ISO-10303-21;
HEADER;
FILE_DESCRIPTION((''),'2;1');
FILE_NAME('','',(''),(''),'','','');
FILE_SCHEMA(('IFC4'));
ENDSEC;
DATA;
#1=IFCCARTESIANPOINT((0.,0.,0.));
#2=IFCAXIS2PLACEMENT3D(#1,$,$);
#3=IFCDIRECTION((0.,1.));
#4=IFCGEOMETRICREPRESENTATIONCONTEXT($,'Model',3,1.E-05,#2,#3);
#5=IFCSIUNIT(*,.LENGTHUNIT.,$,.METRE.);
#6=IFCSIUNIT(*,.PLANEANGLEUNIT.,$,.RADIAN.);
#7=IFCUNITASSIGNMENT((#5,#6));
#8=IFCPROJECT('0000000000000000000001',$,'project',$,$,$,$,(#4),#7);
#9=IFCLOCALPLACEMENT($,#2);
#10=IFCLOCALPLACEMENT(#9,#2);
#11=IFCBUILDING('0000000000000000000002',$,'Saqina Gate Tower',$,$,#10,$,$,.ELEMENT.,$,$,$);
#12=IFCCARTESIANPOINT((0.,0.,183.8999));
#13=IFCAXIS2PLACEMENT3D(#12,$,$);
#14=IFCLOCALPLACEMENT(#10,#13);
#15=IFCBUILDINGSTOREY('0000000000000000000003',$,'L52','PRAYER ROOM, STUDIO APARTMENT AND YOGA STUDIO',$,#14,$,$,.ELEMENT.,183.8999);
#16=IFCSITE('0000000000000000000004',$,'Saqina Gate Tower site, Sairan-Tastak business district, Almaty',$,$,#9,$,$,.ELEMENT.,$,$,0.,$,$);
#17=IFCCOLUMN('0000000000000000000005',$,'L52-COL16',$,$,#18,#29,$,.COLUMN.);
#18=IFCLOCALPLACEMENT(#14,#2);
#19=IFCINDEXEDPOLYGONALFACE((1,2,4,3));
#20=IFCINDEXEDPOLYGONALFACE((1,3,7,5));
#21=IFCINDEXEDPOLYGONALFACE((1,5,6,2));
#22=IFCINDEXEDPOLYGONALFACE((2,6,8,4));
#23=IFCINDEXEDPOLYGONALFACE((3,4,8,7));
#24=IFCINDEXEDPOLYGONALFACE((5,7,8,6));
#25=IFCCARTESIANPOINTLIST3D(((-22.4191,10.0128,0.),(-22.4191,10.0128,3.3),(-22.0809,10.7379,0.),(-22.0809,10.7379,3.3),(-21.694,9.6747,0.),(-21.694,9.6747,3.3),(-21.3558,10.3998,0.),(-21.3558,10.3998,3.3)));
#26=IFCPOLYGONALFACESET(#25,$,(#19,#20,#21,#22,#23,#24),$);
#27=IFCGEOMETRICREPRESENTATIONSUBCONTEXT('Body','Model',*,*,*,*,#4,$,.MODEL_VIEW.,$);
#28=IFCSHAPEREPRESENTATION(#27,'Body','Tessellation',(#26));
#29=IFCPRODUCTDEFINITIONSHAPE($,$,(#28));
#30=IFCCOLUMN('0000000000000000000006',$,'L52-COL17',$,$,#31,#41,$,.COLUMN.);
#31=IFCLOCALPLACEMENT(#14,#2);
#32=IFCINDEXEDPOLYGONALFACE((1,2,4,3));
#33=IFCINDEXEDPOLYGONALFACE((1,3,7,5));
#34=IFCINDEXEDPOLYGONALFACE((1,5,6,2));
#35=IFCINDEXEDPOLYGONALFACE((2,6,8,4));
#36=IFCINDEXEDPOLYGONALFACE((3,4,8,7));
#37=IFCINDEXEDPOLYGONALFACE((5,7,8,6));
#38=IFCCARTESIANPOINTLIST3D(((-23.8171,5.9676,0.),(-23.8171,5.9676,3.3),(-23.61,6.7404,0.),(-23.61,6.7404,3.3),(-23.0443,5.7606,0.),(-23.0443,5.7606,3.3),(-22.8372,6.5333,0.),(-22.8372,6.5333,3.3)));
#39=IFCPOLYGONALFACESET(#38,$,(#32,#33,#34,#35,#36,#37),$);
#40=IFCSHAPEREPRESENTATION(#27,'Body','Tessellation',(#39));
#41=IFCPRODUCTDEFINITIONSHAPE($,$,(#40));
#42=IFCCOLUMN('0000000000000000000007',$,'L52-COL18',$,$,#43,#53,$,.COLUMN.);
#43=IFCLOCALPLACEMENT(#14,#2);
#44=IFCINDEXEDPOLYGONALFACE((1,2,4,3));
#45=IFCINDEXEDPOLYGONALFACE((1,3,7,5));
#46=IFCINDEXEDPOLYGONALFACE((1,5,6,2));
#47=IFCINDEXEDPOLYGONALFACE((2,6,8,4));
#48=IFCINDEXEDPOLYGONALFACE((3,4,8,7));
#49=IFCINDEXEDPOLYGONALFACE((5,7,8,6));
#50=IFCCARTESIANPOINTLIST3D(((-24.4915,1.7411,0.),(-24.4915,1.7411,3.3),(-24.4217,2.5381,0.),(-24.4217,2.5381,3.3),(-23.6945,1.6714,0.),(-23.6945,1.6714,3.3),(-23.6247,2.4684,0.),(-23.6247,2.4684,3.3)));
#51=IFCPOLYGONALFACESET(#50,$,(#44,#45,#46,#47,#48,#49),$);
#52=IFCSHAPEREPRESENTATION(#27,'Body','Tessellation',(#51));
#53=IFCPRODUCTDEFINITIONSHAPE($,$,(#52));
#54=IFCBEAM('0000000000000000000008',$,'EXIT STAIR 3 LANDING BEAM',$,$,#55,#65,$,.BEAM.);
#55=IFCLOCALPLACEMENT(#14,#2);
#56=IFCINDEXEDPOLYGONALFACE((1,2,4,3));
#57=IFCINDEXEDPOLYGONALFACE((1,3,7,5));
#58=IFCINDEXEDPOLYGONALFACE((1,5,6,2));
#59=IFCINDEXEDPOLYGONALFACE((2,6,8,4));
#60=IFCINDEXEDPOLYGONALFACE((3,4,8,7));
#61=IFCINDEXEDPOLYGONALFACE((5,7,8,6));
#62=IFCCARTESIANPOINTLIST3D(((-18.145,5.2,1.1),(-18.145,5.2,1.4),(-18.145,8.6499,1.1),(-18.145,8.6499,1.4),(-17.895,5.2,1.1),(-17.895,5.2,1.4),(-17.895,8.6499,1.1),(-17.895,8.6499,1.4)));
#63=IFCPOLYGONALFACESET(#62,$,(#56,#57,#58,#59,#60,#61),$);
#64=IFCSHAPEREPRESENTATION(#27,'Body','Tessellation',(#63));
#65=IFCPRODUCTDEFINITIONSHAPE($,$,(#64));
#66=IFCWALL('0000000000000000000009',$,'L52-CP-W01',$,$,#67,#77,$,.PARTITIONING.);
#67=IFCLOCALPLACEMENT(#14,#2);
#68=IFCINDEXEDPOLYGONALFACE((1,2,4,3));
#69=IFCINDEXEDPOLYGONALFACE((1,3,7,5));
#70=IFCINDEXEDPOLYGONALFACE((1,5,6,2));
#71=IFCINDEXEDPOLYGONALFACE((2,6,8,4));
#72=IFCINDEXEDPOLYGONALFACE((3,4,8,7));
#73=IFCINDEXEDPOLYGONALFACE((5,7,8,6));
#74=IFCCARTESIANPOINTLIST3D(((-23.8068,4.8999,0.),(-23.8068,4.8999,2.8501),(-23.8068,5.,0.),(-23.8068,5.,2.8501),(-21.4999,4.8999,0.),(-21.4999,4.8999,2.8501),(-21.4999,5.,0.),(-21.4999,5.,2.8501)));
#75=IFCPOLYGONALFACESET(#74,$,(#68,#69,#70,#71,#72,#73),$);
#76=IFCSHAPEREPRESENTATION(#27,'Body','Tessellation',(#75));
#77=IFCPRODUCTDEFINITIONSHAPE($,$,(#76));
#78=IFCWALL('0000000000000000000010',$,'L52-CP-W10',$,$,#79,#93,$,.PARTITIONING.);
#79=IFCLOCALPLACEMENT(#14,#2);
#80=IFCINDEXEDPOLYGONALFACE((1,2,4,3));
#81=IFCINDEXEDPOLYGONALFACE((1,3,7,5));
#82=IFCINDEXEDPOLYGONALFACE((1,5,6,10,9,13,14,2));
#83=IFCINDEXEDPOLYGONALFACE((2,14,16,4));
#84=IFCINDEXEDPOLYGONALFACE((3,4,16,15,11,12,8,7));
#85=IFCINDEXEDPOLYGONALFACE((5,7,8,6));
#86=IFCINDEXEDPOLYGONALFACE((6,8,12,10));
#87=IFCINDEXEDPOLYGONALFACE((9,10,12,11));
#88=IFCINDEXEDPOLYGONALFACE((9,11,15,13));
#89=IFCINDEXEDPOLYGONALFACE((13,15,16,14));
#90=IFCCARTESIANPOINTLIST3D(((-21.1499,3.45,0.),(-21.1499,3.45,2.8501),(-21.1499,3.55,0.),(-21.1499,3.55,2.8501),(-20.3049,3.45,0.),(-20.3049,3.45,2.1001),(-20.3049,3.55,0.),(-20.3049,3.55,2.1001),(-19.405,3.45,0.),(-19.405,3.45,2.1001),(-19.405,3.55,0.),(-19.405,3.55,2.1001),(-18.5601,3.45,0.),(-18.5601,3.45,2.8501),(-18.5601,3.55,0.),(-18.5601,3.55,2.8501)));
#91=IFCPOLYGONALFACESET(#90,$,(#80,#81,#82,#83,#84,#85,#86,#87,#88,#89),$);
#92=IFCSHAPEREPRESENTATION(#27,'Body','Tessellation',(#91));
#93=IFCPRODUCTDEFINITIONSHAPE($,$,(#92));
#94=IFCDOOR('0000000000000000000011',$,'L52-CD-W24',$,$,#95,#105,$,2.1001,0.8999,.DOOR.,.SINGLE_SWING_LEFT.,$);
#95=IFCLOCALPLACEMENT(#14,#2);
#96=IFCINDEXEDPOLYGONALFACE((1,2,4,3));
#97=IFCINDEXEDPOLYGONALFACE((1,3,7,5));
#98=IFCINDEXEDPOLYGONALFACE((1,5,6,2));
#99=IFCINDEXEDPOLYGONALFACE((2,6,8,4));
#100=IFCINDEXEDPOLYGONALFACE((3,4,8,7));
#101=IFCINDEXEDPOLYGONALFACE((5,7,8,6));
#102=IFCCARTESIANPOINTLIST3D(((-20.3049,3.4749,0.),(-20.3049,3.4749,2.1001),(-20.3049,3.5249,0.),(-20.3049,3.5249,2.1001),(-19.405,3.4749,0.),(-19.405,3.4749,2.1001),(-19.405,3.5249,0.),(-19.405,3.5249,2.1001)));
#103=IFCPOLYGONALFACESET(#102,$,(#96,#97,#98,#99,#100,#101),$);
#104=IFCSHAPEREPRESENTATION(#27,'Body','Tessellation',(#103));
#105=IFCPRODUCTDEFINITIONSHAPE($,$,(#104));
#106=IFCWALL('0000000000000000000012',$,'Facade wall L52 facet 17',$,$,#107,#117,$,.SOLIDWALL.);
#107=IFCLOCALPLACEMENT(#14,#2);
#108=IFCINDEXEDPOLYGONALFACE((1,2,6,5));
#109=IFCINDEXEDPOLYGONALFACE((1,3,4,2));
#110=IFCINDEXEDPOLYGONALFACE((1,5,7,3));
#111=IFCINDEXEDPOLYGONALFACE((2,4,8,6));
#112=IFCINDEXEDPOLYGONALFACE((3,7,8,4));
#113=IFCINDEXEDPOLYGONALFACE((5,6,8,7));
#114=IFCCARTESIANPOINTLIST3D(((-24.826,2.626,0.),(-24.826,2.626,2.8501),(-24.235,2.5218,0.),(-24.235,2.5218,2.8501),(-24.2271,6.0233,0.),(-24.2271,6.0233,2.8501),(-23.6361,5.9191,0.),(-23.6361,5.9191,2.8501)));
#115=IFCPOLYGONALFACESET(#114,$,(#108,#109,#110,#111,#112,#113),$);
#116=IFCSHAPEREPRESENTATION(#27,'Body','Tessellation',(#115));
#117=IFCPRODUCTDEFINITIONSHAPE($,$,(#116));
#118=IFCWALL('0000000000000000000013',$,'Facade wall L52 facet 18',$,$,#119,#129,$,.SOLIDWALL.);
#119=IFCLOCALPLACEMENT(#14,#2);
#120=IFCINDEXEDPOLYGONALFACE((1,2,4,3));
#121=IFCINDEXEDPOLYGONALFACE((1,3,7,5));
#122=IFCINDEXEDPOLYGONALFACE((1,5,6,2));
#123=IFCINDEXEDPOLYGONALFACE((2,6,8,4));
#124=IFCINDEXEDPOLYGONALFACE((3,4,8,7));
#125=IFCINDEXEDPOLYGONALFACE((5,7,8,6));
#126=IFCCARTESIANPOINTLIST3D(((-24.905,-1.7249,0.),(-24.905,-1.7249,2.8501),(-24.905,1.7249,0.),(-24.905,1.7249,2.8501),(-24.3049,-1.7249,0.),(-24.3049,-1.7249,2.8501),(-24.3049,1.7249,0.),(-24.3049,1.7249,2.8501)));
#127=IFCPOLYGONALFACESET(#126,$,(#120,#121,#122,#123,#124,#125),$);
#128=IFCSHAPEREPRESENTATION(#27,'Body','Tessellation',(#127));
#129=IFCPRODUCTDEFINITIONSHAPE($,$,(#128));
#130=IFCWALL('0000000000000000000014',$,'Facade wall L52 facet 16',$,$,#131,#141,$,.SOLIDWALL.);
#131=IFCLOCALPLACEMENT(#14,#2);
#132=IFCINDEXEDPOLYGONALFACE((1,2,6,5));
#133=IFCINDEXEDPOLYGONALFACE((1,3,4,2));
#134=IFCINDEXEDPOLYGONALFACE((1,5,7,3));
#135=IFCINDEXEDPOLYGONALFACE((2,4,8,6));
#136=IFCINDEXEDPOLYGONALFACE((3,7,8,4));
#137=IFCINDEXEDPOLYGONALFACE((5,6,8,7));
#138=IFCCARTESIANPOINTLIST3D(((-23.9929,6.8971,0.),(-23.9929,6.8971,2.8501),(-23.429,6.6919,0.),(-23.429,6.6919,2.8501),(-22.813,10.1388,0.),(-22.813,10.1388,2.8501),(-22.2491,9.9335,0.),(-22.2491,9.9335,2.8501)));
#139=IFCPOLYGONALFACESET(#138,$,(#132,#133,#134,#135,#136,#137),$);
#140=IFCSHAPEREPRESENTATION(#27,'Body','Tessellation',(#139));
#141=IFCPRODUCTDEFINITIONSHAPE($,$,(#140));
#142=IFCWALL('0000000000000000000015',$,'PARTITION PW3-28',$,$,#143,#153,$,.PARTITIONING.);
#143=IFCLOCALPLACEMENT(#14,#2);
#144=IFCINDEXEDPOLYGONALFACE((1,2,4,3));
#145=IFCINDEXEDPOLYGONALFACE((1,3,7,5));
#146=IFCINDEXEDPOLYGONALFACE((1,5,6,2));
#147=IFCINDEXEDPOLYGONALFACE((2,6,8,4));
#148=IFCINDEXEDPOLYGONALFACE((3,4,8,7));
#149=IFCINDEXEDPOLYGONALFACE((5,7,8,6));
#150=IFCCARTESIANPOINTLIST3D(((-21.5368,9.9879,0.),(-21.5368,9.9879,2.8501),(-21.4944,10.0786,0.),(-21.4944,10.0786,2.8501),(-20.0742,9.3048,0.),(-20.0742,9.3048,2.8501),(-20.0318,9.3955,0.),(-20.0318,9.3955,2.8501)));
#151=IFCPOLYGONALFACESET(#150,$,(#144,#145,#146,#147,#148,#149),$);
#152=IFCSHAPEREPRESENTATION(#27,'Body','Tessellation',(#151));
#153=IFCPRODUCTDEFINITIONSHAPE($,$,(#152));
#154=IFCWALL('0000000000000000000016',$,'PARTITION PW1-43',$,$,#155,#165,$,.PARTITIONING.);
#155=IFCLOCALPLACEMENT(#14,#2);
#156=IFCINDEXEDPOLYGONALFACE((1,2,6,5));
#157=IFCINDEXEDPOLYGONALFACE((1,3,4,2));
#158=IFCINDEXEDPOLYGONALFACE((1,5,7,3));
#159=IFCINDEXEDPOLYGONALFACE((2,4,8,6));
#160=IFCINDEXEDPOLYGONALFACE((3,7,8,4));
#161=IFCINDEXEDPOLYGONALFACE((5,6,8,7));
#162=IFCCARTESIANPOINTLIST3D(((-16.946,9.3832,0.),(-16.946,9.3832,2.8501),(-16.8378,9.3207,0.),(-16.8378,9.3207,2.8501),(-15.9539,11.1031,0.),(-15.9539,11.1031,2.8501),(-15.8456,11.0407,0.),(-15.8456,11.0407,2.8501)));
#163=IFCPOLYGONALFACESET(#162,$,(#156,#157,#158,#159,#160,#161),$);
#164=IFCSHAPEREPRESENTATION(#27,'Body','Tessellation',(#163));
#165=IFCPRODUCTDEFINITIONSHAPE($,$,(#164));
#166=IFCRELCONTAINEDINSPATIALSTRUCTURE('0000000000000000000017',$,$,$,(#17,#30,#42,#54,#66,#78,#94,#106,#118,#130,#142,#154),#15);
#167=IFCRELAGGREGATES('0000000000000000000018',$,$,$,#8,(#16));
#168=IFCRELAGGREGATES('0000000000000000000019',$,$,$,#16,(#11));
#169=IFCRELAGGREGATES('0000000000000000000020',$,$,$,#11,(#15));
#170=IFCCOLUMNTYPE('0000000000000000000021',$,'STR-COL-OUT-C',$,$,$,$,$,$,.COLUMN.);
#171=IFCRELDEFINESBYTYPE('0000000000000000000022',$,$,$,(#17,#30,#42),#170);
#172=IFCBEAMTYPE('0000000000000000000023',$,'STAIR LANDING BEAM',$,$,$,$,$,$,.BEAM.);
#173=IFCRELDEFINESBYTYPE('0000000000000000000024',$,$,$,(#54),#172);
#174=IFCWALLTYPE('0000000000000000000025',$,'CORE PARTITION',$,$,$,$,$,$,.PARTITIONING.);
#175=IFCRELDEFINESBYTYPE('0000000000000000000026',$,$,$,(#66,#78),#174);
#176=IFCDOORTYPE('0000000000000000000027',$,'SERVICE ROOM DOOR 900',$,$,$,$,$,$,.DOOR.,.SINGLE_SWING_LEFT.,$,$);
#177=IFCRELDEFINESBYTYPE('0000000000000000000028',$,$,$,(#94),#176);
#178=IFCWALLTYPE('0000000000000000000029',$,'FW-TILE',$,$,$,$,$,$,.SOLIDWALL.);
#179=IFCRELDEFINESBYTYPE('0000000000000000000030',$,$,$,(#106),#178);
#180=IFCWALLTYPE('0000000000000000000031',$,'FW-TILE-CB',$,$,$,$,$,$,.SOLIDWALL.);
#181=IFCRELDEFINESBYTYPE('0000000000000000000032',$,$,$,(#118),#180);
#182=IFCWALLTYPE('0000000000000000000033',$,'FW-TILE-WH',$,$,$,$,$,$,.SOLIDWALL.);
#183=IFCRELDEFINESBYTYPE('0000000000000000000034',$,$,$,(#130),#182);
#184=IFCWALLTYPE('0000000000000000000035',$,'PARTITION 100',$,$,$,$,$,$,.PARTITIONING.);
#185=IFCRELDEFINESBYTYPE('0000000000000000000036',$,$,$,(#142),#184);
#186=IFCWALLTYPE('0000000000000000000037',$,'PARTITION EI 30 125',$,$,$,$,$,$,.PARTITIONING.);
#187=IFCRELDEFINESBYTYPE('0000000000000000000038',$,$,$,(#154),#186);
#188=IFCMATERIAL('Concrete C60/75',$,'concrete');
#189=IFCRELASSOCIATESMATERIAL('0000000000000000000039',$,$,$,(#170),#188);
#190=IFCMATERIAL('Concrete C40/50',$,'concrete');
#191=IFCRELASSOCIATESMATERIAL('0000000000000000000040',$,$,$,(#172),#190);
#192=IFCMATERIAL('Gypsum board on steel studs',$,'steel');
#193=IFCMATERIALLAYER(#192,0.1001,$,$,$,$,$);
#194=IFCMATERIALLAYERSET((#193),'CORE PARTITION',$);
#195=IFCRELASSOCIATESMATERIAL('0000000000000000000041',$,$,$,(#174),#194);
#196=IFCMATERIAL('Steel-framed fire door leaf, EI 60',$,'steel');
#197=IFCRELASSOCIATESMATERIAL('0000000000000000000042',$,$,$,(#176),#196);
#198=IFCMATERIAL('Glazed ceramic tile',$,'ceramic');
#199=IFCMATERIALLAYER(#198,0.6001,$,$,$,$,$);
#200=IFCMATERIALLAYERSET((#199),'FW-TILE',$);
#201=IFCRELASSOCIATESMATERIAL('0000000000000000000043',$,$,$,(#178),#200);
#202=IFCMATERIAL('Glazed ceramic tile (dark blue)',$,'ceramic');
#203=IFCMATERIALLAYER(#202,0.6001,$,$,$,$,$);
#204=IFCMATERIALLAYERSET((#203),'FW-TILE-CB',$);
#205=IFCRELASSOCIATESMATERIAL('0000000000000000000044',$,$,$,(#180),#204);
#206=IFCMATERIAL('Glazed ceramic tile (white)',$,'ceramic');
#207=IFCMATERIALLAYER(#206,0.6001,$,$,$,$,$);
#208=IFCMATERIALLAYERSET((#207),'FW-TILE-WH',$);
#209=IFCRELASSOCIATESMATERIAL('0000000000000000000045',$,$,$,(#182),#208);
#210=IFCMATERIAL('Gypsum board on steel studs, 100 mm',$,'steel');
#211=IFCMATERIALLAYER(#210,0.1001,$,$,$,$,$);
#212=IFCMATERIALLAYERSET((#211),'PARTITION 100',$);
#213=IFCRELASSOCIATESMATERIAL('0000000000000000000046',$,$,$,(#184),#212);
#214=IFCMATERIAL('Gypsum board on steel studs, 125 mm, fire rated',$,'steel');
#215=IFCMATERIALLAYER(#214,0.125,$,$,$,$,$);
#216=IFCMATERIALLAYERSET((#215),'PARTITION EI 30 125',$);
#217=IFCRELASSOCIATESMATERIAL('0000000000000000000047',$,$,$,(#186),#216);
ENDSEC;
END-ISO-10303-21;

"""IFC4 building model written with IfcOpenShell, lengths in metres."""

from ifc_helpers import new_model, si_unit, direction, frame, frame_2d, origin, origin_2d, place, context, subcontext, project, spatial, rectangle, extrude, material, layer, layer_set, material_profile, profile_set, type_object, element, fill, save


model = new_model("IFC4")

# Units and contexts
model_context = context("Model", 3, precision=1e-05, world=origin(), true_north=direction((0.0, 1.0)))
body_context = subcontext(model_context, "Body", "Model", "MODEL_VIEW")
ifc_project = project(units=[si_unit("LENGTHUNIT", "METRE"), si_unit("PLANEANGLEUNIT", "RADIAN")], contexts=[model_context])

# Site, building, storey
site_placement = place(None, origin())
site = spatial("IfcSite", under=ifc_project, at=site_placement, Name="Saqina Gate Tower site, Sairan-Tastak business district, Almaty", CompositionType="ELEMENT", RefElevation=0.0)
building_placement = place(site_placement, origin())
building = spatial("IfcBuilding", under=site, at=building_placement, Name="Saqina Gate Tower", CompositionType="ELEMENT")
storey_placement = place(building_placement, frame((0.0, 0.0, 183.8999)))
storey = spatial("IfcBuildingStorey", under=building, at=storey_placement, Name="L52", Description="PRAYER ROOM, STUDIO APARTMENT AND YOGA STUDIO", CompositionType="ELEMENT", Elevation=183.8999)

# Columns
ifc_material_1 = material(Name="Concrete C60/75", Category="concrete")
ifc_material_profile_1 = material_profile(ifc_material_1, rectangle(XDim=0.8, YDim=0.8, at=origin_2d()), Name="RC 800x800")
ifc_profile_set_1 = profile_set([ifc_material_profile_1], Name="Concrete C60/75")
column_type = type_object("IfcColumnType", Name="STR-COL-OUT-C", PredefinedType="COLUMN", material=ifc_profile_set_1)
for number, where, z_axis, x_axis, name in (
    (1, (-21.8875, 10.2063, 0.0), (0.0, 0.0, 1.0), (-0.906308, 0.422618, 0.0), "L52-COL16"),
    (2, (-23.3271, 6.2505, 0.0), (0.0, 0.0, 1.0), (-0.965926, 0.258819, 0.0), "L52-COL17"),
    (3, (-24.0581, 2.1047, 0.0), (0.0, 0.0, 1.0), (-0.996195, 0.087156, 0.0), "L52-COL18"),
):
    element("IfcColumn", number, at=place(storey_placement, frame(where, z_axis=z_axis, x_axis=x_axis)), inside=storey, type_object=column_type, Name=name, PredefinedType="COLUMN", context=body_context, shape_type="SweptSolid", body=[
        extrude(rectangle(XDim=0.8, YDim=0.8, at=origin_2d()), origin(), (0.0, 0.0, 1.0), 3.3),
    ])

# Beam
ifc_material_2 = material(Name="Concrete C40/50", Category="concrete")
ifc_material_profile_2 = material_profile(ifc_material_2, rectangle(XDim=0.25, YDim=0.3, at=origin_2d()), Name="STAIR LANDING BEAM")
ifc_profile_set_2 = profile_set([ifc_material_profile_2], Name="Concrete C40/50")
beam_type = type_object("IfcBeamType", Name="STAIR LANDING BEAM", PredefinedType="BEAM", material=ifc_profile_set_2)
beam_placement = place(storey_placement, frame((-18.02, 5.2, 1.25), z_axis=(0.0, 1.0, 0.0), x_axis=(-1.0, 0.0, 0.0)))
element("IfcBeam", 4, at=beam_placement, inside=storey, type_object=beam_type, Name="EXIT STAIR 3 LANDING BEAM", PredefinedType="BEAM", context=body_context, shape_type="SweptSolid", body=[
    extrude(rectangle(XDim=0.25, YDim=0.3, at=origin_2d()), origin(), (0.0, 0.0, 1.0), 3.45),
])

# Wall
ifc_material_3 = material(Name="Gypsum board on steel studs", Category="steel")
ifc_layer_1 = layer(ifc_material_3, 0.1001)
ifc_layer_set_1 = layer_set([ifc_layer_1], Name="CORE PARTITION")
wall_type_1 = type_object("IfcWallType", Name="CORE PARTITION", PredefinedType="PARTITIONING", material=ifc_layer_set_1)
wall_1_placement = place(storey_placement, frame((-21.5, 4.95, 0.0), z_axis=(0.0, 0.0, 1.0), x_axis=(-1.0, 0.0, 0.0)))
element("IfcWall", 5, at=wall_1_placement, inside=storey, type_object=wall_type_1, Name="L52-CP-W01", PredefinedType="PARTITIONING", context=body_context, shape_type="SweptSolid", body=[
    extrude(rectangle(XDim=2.3069, YDim=0.1001, at=frame_2d((1.1533, 0.0))), origin(), (0.0, 0.0, 1.0), 2.8501),
])

# Wall, opening, door
wall_2_placement = place(storey_placement, frame((-18.5601, 3.5, 0.0), z_axis=(0.0, 0.0, 1.0), x_axis=(-1.0, 0.0, 0.0)))
wall_2 = element("IfcWall", 6, at=wall_2_placement, inside=storey, type_object=wall_type_1, Name="L52-CP-W10", PredefinedType="PARTITIONING", context=body_context, shape_type="SweptSolid", body=[
    extrude(rectangle(XDim=2.5898, YDim=0.1001, at=frame_2d((1.2949, 0.0))), origin(), (0.0, 0.0, 1.0), 2.8501),
])
opening_1_placement = place(wall_2_placement, frame((0.845, 0.0, 0.0)))
opening_1 = element("IfcOpeningElement", 7, at=opening_1_placement, cuts=wall_2, PredefinedType="OPENING", context=body_context, shape_type="SweptSolid", body=[
    extrude(rectangle(XDim=0.8999, YDim=2.1001, at=frame_2d((0.45, 1.05))), frame((0.0, 0.062, 0.0), z_axis=(0.0, -1.0, 0.0), x_axis=(1.0, 0.0, 0.0)), (0.0, 0.0, 1.0), 0.124),
])
ifc_material_4 = material(Name="Steel-framed fire door leaf, EI 60", Category="steel")
door_type_1 = type_object("IfcDoorType", Name="SERVICE ROOM DOOR 900", OperationType="SINGLE_SWING_LEFT", PredefinedType="DOOR", material=ifc_material_4)
door_1_placement = place(opening_1_placement, frame((0.8999, 0.0, 0.0), z_axis=(0.0, 0.0, 1.0), x_axis=(-1.0, 0.0, 0.0)))
door_1 = element("IfcDoor", 8, at=door_1_placement, inside=storey, type_object=door_type_1, Name="L52-CD-W24", OperationType="SINGLE_SWING_LEFT", OverallHeight=2.1001, OverallWidth=0.8999, PredefinedType="DOOR", context=body_context, shape_type="SweptSolid", body=[
    extrude(rectangle(XDim=0.8999, YDim=2.1001, at=frame_2d((0.45, 1.05))), frame((0.0, 0.0249, 0.0), z_axis=(0.0, -1.0, 0.0), x_axis=(1.0, 0.0, 0.0)), (0.0, 0.0, 1.0), 0.05),
])
fill(opening_1, door_1)

# Walls
ifc_material_5 = material(Name="Glazed ceramic tile", Category="ceramic")
ifc_layer_2 = layer(ifc_material_5, 0.6001)
ifc_layer_set_2 = layer_set([ifc_layer_2], Name="FW-TILE")
wall_type_2 = type_object("IfcWallType", Name="FW-TILE", PredefinedType="SOLIDWALL", material=ifc_layer_set_2)
wall_3_placement = place(storey_placement, frame((-23.9316, 5.9712, 0.0), z_axis=(0.0, 0.0, 1.0), x_axis=(-0.173608, -0.984815, 0.0)))
element("IfcWall", 9, at=wall_3_placement, inside=storey, type_object=wall_type_2, Name="Facade wall L52 facet 17", PredefinedType="SOLIDWALL", context=body_context, shape_type="SweptSolid", body=[
    extrude(rectangle(XDim=3.4497, YDim=0.6001, at=frame_2d((1.7249, 0.0))), origin(), (0.0, 0.0, 1.0), 2.8501),
])
ifc_material_6 = material(Name="Glazed ceramic tile (dark blue)", Category="ceramic")
ifc_layer_3 = layer(ifc_material_6, 0.6001)
ifc_layer_set_3 = layer_set([ifc_layer_3], Name="FW-TILE-CB")
wall_type_3 = type_object("IfcWallType", Name="FW-TILE-CB", PredefinedType="SOLIDWALL", material=ifc_layer_set_3)
wall_4_placement = place(storey_placement, frame((-24.605, 1.7249, 0.0), z_axis=(0.0, 0.0, 1.0), x_axis=(0.0, -1.0, 0.0)))
element("IfcWall", 10, at=wall_4_placement, inside=storey, type_object=wall_type_3, Name="Facade wall L52 facet 18", PredefinedType="SOLIDWALL", context=body_context, shape_type="SweptSolid", body=[
    extrude(rectangle(XDim=3.4497, YDim=0.6001, at=frame_2d((1.7249, 0.0))), origin(), (0.0, 0.0, 1.0), 2.8501),
])
ifc_material_7 = material(Name="Glazed ceramic tile (white)", Category="ceramic")
ifc_layer_4 = layer(ifc_material_7, 0.6001)
ifc_layer_set_4 = layer_set([ifc_layer_4], Name="FW-TILE-WH")
wall_type_4 = type_object("IfcWallType", Name="FW-TILE-WH", PredefinedType="SOLIDWALL", material=ifc_layer_set_4)
wall_5_placement = place(storey_placement, frame((-22.531, 10.0361, 0.0), z_axis=(0.0, 0.0, 1.0), x_axis=(-0.342033, -0.939688, 0.0)))
element("IfcWall", 11, at=wall_5_placement, inside=storey, type_object=wall_type_4, Name="Facade wall L52 facet 16", PredefinedType="SOLIDWALL", context=body_context, shape_type="SweptSolid", body=[
    extrude(rectangle(XDim=3.4497, YDim=0.6001, at=frame_2d((1.7249, 0.0))), origin(), (0.0, 0.0, 1.0), 2.8501),
])
ifc_material_8 = material(Name="Gypsum board on steel studs, 100 mm", Category="steel")
ifc_layer_5 = layer(ifc_material_8, 0.1001)
ifc_layer_set_5 = layer_set([ifc_layer_5], Name="PARTITION 100")
wall_type_5 = type_object("IfcWallType", Name="PARTITION 100", PredefinedType="PARTITIONING", material=ifc_layer_set_5)
wall_6_placement = place(storey_placement, frame((-21.5156, 10.0332, 0.0), z_axis=(0.0, 0.0, 1.0), x_axis=(0.906056, -0.423159, 0.0)))
element("IfcWall", 12, at=wall_6_placement, inside=storey, type_object=wall_type_5, Name="PARTITION PW3-28", PredefinedType="PARTITIONING", context=body_context, shape_type="SweptSolid", body=[
    extrude(rectangle(XDim=1.6143, YDim=0.1001, at=frame_2d((0.8071, 0.0))), origin(), (0.0, 0.0, 1.0), 2.8501),
])
ifc_material_9 = material(Name="Gypsum board on steel studs, 125 mm, fire rated", Category="steel")
ifc_layer_6 = layer(ifc_material_9, 0.125)
ifc_layer_set_6 = layer_set([ifc_layer_6], Name="PARTITION EI 30 125")
wall_type_6 = type_object("IfcWallType", Name="PARTITION EI 30 125", PredefinedType="PARTITIONING", material=ifc_layer_set_6)
wall_7_placement = place(storey_placement, frame((-16.8918, 9.3521, 0.0), z_axis=(0.0, 0.0, 1.0), x_axis=(0.499683, 0.866208, 0.0)))
element("IfcWall", 13, at=wall_7_placement, inside=storey, type_object=wall_type_6, Name="PARTITION PW1-43", PredefinedType="PARTITIONING", context=body_context, shape_type="SweptSolid", body=[
    extrude(rectangle(XDim=1.9856, YDim=0.125, at=frame_2d((0.9927, 0.0))), origin(), (0.0, 0.0, 1.0), 2.8501),
])

save(model, "model.ifc")
